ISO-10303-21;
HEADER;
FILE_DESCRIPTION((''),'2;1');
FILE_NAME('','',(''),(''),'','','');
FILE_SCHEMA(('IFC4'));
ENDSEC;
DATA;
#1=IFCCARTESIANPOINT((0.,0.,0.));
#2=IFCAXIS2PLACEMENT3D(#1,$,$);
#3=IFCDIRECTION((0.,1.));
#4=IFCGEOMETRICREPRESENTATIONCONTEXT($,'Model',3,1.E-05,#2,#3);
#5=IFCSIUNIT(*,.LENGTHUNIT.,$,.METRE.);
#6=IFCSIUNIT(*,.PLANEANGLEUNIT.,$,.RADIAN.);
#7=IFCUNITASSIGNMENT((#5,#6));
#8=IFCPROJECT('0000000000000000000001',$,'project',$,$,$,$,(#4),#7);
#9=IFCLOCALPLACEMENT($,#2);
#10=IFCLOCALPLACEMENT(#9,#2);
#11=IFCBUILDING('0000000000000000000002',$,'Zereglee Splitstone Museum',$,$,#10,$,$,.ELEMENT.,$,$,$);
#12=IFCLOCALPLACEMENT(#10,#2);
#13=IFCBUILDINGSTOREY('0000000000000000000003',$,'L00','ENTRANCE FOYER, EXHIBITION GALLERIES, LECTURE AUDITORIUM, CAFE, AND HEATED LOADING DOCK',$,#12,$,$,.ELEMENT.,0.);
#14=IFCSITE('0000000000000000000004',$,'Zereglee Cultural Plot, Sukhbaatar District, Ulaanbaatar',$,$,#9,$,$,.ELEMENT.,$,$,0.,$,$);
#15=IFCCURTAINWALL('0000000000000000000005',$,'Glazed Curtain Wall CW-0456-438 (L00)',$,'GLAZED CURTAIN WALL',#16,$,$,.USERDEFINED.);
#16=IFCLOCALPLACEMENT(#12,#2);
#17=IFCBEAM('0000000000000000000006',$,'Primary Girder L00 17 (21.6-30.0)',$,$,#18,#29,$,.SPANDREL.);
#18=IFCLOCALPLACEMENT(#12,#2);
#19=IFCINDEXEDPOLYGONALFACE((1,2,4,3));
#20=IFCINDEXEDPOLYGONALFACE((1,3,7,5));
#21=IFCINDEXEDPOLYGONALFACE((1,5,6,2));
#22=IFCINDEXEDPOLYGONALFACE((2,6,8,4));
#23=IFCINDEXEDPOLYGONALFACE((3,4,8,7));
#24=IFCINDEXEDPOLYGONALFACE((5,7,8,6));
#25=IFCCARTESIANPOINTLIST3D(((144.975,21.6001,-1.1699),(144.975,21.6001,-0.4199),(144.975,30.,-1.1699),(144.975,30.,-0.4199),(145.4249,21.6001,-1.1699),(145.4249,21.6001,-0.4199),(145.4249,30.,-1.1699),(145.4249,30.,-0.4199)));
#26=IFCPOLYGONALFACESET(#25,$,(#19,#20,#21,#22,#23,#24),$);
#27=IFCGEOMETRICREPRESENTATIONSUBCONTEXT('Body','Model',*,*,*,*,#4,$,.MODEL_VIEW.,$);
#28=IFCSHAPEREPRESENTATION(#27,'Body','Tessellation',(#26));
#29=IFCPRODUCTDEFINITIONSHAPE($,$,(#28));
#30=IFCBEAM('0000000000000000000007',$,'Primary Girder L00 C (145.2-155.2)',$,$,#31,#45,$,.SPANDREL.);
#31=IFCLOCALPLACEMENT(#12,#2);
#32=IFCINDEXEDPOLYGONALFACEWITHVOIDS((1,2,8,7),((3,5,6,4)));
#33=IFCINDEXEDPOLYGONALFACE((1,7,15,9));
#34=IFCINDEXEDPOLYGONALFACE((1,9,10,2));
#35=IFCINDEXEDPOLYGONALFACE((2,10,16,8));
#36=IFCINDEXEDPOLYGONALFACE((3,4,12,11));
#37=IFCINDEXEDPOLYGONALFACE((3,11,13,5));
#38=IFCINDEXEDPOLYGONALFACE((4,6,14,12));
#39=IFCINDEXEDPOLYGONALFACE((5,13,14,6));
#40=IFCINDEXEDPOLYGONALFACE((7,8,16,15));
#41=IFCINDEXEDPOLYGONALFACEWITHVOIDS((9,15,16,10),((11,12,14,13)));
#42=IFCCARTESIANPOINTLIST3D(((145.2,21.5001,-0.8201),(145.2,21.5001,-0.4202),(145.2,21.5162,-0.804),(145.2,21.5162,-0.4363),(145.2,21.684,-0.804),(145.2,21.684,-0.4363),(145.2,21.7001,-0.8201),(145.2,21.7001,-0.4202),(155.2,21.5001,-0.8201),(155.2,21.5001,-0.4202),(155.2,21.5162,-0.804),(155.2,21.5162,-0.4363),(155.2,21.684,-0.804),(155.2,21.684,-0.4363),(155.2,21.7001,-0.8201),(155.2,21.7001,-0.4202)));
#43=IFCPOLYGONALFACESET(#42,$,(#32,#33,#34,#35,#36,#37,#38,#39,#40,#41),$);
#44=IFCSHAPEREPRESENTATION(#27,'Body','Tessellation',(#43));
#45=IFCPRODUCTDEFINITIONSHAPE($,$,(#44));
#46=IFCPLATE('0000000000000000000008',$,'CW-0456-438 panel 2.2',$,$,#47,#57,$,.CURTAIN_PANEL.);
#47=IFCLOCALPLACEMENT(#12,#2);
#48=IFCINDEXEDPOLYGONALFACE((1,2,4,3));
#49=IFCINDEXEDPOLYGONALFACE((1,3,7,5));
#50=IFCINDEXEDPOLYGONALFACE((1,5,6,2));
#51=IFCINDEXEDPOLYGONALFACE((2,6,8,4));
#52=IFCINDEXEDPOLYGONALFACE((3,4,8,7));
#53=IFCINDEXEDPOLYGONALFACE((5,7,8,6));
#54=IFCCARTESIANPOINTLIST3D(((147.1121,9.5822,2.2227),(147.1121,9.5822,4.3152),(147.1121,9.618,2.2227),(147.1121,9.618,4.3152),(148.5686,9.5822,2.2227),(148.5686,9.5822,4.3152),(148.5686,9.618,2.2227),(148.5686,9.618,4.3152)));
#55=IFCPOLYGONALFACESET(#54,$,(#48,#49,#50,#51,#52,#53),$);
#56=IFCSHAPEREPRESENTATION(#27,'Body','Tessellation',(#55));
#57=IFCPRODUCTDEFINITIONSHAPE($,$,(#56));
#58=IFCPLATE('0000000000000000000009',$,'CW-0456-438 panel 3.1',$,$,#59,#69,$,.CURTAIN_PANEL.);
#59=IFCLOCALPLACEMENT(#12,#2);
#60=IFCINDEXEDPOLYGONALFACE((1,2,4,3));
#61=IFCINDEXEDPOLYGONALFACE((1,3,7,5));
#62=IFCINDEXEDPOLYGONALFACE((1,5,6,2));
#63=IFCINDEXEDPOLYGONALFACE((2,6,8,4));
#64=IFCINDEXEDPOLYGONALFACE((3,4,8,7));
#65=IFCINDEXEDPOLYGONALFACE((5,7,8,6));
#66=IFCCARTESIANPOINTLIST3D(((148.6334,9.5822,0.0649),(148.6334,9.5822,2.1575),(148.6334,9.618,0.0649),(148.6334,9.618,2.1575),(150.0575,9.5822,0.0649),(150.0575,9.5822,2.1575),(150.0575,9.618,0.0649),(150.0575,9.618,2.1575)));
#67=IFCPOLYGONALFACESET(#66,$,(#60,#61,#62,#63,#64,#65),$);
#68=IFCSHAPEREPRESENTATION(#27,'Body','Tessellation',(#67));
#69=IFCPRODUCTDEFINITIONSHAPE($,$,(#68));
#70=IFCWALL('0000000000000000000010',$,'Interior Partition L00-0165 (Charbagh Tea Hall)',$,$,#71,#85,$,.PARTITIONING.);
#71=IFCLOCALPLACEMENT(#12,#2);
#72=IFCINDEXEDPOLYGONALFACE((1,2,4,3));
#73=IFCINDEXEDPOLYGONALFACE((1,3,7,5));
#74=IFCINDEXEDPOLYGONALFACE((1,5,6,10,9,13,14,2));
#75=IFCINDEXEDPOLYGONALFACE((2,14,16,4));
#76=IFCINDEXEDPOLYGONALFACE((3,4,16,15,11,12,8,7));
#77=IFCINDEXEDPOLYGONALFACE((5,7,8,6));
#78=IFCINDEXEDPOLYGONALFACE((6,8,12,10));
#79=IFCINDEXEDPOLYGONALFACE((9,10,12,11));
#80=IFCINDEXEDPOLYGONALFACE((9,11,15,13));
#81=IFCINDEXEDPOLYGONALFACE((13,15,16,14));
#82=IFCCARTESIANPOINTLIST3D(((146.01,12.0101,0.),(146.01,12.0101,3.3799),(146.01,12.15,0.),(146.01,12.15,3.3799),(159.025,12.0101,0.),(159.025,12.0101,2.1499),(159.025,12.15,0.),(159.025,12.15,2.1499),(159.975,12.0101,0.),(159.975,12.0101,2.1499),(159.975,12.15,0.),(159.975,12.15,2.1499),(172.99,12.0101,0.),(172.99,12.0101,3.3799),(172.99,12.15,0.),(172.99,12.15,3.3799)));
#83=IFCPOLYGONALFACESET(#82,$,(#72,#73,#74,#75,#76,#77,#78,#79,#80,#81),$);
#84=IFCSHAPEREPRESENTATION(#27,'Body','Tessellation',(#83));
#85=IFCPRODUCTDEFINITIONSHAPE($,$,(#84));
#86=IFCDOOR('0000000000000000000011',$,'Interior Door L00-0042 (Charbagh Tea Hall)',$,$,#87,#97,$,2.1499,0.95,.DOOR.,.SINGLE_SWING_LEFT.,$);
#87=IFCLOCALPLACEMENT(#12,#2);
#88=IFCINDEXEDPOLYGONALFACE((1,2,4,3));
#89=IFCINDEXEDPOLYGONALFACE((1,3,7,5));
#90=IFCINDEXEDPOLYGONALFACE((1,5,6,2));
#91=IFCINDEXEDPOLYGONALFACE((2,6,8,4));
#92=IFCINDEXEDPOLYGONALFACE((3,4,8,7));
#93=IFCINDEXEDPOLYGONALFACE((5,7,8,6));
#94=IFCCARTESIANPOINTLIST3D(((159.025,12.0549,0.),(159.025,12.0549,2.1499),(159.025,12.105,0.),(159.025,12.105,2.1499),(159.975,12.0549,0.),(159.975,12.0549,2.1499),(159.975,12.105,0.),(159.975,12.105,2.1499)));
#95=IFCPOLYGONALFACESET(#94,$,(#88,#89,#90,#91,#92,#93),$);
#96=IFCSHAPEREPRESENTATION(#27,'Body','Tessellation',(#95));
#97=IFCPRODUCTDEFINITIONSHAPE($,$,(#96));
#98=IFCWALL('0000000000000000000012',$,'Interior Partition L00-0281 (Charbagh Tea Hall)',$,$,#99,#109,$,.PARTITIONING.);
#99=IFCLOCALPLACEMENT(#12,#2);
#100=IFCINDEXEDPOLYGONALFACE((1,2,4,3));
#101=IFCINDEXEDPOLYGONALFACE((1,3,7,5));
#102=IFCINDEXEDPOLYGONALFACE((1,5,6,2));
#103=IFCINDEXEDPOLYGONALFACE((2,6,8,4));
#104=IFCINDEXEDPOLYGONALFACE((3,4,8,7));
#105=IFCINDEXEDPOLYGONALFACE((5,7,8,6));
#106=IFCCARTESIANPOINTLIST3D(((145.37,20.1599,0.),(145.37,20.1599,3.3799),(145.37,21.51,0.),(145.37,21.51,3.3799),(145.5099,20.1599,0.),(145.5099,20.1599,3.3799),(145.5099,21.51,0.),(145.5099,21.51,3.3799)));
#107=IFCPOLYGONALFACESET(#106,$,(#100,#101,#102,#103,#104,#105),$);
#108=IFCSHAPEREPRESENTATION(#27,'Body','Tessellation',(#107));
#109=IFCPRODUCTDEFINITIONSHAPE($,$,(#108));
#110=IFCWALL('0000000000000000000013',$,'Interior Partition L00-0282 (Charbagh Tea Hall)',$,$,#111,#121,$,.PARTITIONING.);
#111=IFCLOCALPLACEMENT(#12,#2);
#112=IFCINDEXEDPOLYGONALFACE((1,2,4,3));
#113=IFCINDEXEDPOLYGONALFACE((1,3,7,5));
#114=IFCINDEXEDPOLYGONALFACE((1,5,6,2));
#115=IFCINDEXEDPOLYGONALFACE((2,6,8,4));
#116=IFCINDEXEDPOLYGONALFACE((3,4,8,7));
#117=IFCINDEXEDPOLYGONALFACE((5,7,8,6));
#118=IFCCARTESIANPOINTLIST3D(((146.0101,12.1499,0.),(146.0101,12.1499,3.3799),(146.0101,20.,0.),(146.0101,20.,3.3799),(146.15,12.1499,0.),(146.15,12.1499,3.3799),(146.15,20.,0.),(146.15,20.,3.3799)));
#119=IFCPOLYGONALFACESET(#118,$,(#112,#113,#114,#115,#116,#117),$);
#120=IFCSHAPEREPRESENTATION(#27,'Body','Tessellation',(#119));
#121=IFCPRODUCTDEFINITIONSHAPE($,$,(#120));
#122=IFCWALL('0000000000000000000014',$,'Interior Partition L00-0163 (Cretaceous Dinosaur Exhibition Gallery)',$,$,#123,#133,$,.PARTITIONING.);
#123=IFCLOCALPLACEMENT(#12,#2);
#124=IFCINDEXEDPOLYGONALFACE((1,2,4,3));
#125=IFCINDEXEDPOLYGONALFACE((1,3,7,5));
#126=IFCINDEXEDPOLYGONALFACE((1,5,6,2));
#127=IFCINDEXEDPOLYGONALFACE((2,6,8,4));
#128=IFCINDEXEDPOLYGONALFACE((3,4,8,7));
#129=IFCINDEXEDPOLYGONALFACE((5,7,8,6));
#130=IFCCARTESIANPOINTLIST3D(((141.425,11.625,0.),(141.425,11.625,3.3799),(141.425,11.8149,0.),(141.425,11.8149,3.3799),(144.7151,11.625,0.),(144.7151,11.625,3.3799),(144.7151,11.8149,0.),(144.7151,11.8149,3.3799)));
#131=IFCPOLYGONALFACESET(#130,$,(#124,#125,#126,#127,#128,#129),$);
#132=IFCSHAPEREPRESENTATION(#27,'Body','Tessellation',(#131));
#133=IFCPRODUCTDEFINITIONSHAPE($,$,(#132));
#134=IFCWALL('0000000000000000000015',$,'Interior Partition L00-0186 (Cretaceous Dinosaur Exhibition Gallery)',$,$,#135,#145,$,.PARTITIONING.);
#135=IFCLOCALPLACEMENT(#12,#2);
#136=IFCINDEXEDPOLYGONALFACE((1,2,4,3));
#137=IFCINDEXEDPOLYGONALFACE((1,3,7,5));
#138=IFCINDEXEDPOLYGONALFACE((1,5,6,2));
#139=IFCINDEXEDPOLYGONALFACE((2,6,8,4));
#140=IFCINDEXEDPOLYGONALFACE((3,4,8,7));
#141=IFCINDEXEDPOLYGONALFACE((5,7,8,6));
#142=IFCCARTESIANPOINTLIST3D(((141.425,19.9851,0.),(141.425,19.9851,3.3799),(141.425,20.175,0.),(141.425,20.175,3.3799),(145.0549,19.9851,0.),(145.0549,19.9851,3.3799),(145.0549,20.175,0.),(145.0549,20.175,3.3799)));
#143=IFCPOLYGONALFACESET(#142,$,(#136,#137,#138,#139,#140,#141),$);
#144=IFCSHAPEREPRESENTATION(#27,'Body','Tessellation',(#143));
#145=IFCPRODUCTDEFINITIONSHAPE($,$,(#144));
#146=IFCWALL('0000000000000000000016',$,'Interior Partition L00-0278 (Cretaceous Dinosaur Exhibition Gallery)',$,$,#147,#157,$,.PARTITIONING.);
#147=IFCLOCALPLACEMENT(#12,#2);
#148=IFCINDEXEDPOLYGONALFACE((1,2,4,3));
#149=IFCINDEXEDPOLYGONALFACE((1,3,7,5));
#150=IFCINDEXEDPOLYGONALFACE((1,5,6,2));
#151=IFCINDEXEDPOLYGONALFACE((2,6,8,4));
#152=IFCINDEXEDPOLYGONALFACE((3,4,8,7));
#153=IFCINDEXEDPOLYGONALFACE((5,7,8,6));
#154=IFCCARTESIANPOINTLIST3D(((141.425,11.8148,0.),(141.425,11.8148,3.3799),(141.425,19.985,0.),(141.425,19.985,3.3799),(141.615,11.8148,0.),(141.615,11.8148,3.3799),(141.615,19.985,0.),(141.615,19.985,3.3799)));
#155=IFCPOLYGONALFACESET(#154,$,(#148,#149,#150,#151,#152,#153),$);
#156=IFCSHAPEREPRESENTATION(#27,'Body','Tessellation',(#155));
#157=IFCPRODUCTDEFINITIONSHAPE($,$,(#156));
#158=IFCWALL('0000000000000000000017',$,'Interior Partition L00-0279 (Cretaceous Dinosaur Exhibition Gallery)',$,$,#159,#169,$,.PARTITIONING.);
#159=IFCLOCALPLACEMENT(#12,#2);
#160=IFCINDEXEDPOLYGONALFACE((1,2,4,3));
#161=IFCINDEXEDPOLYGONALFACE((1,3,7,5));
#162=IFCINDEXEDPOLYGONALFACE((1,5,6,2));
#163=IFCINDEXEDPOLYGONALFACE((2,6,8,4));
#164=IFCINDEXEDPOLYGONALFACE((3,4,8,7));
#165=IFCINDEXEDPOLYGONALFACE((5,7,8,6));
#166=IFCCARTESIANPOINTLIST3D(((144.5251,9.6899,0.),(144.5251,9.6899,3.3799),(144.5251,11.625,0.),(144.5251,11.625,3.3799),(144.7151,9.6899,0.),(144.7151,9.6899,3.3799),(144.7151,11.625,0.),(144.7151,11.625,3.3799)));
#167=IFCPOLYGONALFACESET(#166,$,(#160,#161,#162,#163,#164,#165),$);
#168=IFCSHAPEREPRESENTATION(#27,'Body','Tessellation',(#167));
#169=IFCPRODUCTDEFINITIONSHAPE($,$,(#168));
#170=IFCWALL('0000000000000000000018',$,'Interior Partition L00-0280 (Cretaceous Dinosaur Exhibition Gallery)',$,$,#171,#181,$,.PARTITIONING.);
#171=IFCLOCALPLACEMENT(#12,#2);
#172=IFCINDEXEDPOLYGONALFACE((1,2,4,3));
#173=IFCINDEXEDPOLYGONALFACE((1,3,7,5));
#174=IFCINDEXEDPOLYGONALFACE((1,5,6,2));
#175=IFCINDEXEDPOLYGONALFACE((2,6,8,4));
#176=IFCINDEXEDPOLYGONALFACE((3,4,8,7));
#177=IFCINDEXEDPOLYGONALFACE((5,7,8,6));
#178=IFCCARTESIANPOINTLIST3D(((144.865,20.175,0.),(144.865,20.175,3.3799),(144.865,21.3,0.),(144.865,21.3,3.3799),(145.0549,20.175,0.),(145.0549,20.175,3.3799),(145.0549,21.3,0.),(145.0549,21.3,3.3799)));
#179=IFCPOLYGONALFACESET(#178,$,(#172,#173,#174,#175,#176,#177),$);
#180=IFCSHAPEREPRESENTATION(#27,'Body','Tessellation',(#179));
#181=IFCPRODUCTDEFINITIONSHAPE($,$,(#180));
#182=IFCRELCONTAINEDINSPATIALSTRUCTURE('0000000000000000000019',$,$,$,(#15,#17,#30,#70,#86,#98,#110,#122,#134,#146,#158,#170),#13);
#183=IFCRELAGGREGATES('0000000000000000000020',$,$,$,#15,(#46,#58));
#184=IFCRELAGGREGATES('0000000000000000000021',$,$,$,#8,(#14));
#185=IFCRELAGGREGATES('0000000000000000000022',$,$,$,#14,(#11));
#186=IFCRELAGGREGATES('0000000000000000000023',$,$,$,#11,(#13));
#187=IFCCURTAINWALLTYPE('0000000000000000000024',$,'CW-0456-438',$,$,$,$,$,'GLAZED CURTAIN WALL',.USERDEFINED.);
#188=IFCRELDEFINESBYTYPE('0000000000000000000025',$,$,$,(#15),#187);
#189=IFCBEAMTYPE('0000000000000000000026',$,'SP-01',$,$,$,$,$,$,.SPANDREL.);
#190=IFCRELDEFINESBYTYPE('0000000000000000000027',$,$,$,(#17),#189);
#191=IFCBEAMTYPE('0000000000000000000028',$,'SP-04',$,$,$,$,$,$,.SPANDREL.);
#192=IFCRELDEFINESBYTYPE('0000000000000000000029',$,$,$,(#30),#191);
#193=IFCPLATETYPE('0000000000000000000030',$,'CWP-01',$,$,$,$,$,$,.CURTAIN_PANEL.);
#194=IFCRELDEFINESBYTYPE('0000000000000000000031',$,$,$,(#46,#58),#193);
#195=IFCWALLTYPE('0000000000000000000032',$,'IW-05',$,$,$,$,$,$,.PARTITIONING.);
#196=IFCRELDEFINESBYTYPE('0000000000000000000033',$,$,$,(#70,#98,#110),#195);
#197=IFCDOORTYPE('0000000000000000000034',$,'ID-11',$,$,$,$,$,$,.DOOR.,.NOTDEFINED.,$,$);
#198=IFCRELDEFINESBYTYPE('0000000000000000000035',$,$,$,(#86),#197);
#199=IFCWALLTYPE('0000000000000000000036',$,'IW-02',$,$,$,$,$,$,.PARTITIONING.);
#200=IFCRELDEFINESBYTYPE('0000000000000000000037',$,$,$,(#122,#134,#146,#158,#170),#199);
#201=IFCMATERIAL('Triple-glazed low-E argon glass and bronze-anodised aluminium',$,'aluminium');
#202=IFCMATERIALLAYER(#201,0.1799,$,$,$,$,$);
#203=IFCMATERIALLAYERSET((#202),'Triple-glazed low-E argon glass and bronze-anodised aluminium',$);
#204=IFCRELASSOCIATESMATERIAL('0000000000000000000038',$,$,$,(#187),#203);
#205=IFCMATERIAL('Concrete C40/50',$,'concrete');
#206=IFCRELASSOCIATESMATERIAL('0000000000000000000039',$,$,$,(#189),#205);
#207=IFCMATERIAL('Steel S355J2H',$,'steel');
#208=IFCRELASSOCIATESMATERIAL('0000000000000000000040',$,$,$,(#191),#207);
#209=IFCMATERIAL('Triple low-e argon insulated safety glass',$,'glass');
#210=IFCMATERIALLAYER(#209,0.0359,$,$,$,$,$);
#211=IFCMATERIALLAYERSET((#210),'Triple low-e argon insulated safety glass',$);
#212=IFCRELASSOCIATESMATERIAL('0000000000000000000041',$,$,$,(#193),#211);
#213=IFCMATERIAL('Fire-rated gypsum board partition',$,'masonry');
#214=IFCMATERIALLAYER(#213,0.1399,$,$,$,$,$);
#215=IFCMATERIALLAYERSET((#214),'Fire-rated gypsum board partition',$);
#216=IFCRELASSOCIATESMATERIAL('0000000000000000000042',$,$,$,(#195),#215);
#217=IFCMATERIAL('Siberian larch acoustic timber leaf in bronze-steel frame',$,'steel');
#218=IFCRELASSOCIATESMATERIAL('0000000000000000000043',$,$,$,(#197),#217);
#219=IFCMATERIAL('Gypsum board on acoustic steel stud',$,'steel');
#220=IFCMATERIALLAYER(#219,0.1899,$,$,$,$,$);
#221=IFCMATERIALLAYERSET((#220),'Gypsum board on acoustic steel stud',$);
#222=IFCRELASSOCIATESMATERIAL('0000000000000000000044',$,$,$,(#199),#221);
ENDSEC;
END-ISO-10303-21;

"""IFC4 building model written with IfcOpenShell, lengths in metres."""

from ifc_helpers import new_model, si_unit, direction, frame, frame_2d, origin, origin_2d, place, context, subcontext, project, spatial, rectangle, hollow_rectangle, extrude, material, layer, layer_set, material_profile, profile_set, type_object, element, fill, aggregate, save


model = new_model("IFC4")

# Units and contexts
model_context = context("Model", 3, precision=1e-05, world=origin(), true_north=direction((0.0, 1.0)))
body_context = subcontext(model_context, "Body", "Model", "MODEL_VIEW")
ifc_project = project(units=[si_unit("LENGTHUNIT", "METRE"), si_unit("PLANEANGLEUNIT", "RADIAN")], contexts=[model_context])

# Site, building, storey
site_placement = place(None, origin())
site = spatial("IfcSite", under=ifc_project, at=site_placement, Name="Zereglee Cultural Plot, Sukhbaatar District, Ulaanbaatar", CompositionType="ELEMENT", RefElevation=0.0)
building_placement = place(site_placement, origin())
building = spatial("IfcBuilding", under=site, at=building_placement, Name="Zereglee Splitstone Museum", CompositionType="ELEMENT")
storey_placement = place(building_placement, origin())
storey = spatial("IfcBuildingStorey", under=building, at=storey_placement, Name="L00", Description="ENTRANCE FOYER, EXHIBITION GALLERIES, LECTURE AUDITORIUM, CAFE, AND HEATED LOADING DOCK", CompositionType="ELEMENT", Elevation=0.0)

# Curtain wall
ifc_material_1 = material(Name="Triple-glazed low-E argon glass and bronze-anodised aluminium", Category="aluminium")
ifc_layer_1 = layer(ifc_material_1, 0.1799)
ifc_layer_set_1 = layer_set([ifc_layer_1], Name="Triple-glazed low-E argon glass and bronze-anodised aluminium")
curtain_wall_type = type_object("IfcCurtainWallType", Name="CW-0456-438", ElementType="GLAZED CURTAIN WALL", PredefinedType="USERDEFINED", material=ifc_layer_set_1)
curtain_wall_placement = place(storey_placement, origin())
curtain_wall = element("IfcCurtainWall", 1, at=curtain_wall_placement, inside=storey, type_object=curtain_wall_type, Name="Glazed Curtain Wall CW-0456-438 (L00)", ObjectType="GLAZED CURTAIN WALL", PredefinedType="USERDEFINED")

# Beams
ifc_material_2 = material(Name="Concrete C40/50", Category="concrete")
ifc_material_profile_1 = material_profile(ifc_material_2, rectangle(XDim=0.45, YDim=0.75, at=origin_2d()), Name="RC 450x750")
ifc_profile_set_1 = profile_set([ifc_material_profile_1], Name="Concrete C40/50")
beam_type_1 = type_object("IfcBeamType", Name="SP-01", PredefinedType="SPANDREL", material=ifc_profile_set_1)
beam_1_placement = place(storey_placement, frame((145.2, 21.6001, -0.7949), z_axis=(0.0, 1.0, 0.0), x_axis=(-1.0, 0.0, 0.0)))
element("IfcBeam", 2, at=beam_1_placement, inside=storey, type_object=beam_type_1, Name="Primary Girder L00 17 (21.6-30.0)", PredefinedType="SPANDREL", context=body_context, shape_type="SweptSolid", body=[
    extrude(rectangle(XDim=0.45, YDim=0.75, at=origin_2d()), origin(), (0.0, 0.0, 1.0), 8.3999),
])
ifc_material_3 = material(Name="Steel S355J2H", Category="steel")
ifc_material_profile_2 = material_profile(ifc_material_3, hollow_rectangle(XDim=0.2, YDim=0.3999, WallThickness=0.0161, at=origin_2d()), Name="RHS 400x200x16")
ifc_profile_set_2 = profile_set([ifc_material_profile_2], Name="Steel S355J2H")
beam_type_2 = type_object("IfcBeamType", Name="SP-04", PredefinedType="SPANDREL", material=ifc_profile_set_2)
beam_2_placement = place(storey_placement, frame((145.2, 21.6001, -0.6201), z_axis=(1.0, 0.0, 0.0), x_axis=(0.0, 1.0, 0.0)))
element("IfcBeam", 3, at=beam_2_placement, inside=storey, type_object=beam_type_2, Name="Primary Girder L00 C (145.2-155.2)", PredefinedType="SPANDREL", context=body_context, shape_type="SweptSolid", body=[
    extrude(hollow_rectangle(XDim=0.2, YDim=0.3999, WallThickness=0.0161, at=origin_2d()), origin(), (0.0, 0.0, 1.0), 10.0),
])

# Plates
ifc_material_4 = material(Name="Triple low-e argon insulated safety glass", Category="glass")
ifc_layer_2 = layer(ifc_material_4, 0.0359)
ifc_layer_set_2 = layer_set([ifc_layer_2], Name="Triple low-e argon insulated safety glass")
plate_type = type_object("IfcPlateType", Name="CWP-01", PredefinedType="CURTAIN_PANEL", material=ifc_layer_set_2)
plate_1_placement = place(storey_placement, frame((147.8403, 9.6001, 2.2227), z_axis=(0.0, 0.0, 1.0), x_axis=(1.0, 0.0, 0.0)))
plate_1 = element("IfcPlate", 4, at=plate_1_placement, type_object=plate_type, Name="CW-0456-438 panel 2.2", PredefinedType="CURTAIN_PANEL", context=body_context, shape_type="SweptSolid", body=[
    extrude(rectangle(XDim=1.4565, YDim=0.0359, at=origin_2d()), origin(), (0.0, 0.0, 1.0), 2.0925),
])
plate_2_placement = place(storey_placement, frame((149.3455, 9.6001, 0.0649), z_axis=(0.0, 0.0, 1.0), x_axis=(1.0, 0.0, 0.0)))
plate_2 = element("IfcPlate", 5, at=plate_2_placement, type_object=plate_type, Name="CW-0456-438 panel 3.1", PredefinedType="CURTAIN_PANEL", context=body_context, shape_type="SweptSolid", body=[
    extrude(rectangle(XDim=1.4241, YDim=0.0359, at=origin_2d()), origin(), (0.0, 0.0, 1.0), 2.0925),
])
aggregate(curtain_wall, [plate_1, plate_2])

# Wall, opening, door
ifc_material_5 = material(Name="Fire-rated gypsum board partition", Category="masonry")
ifc_layer_3 = layer(ifc_material_5, 0.1399)
ifc_layer_set_3 = layer_set([ifc_layer_3], Name="Fire-rated gypsum board partition")
wall_type_1 = type_object("IfcWallType", Name="IW-05", PredefinedType="PARTITIONING", material=ifc_layer_set_3)
wall_1_placement = place(storey_placement, frame((146.01, 12.0801, 0.0), z_axis=(0.0, 0.0, 1.0), x_axis=(1.0, 0.0, 0.0)))
wall_1 = element("IfcWall", 6, at=wall_1_placement, inside=storey, type_object=wall_type_1, Name="Interior Partition L00-0165 (Charbagh Tea Hall)", PredefinedType="PARTITIONING", context=body_context, shape_type="SweptSolid", body=[
    extrude(rectangle(XDim=26.98, YDim=0.1399, at=frame_2d((13.49, 0.0))), origin(), (0.0, 0.0, 1.0), 3.3799),
])
opening_placement = place(wall_1_placement, frame((13.0149, 0.0, 0.0)))
opening = element("IfcOpeningElement", 7, at=opening_placement, cuts=wall_1, PredefinedType="OPENING", context=body_context, shape_type="SweptSolid", body=[
    extrude(rectangle(XDim=0.95, YDim=2.1499, at=frame_2d((0.4751, 1.075))), frame((0.0, 0.085, 0.0), z_axis=(0.0, -1.0, 0.0), x_axis=(1.0, 0.0, 0.0)), (0.0, 0.0, 1.0), 0.1697),
])
ifc_material_6 = material(Name="Siberian larch acoustic timber leaf in bronze-steel frame", Category="steel")
door_type = type_object("IfcDoorType", Name="ID-11", OperationType="NOTDEFINED", PredefinedType="DOOR", material=ifc_material_6)
door_placement = place(opening_placement, origin())
door = element("IfcDoor", 8, at=door_placement, inside=storey, type_object=door_type, Name="Interior Door L00-0042 (Charbagh Tea Hall)", OperationType="SINGLE_SWING_LEFT", OverallHeight=2.1499, OverallWidth=0.95, PredefinedType="DOOR", context=body_context, shape_type="SweptSolid", body=[
    extrude(rectangle(XDim=0.95, YDim=2.1499, at=frame_2d((0.4751, 1.075))), frame((0.0, 0.0249, 0.0), z_axis=(0.0, -1.0, 0.0), x_axis=(1.0, 0.0, 0.0)), (0.0, 0.0, 1.0), 0.05),
])
fill(opening, door)

# Walls
wall_2_placement = place(storey_placement, frame((145.4399, 20.1599, 0.0), z_axis=(0.0, 0.0, 1.0), x_axis=(0.0, 1.0, 0.0)))
element("IfcWall", 9, at=wall_2_placement, inside=storey, type_object=wall_type_1, Name="Interior Partition L00-0281 (Charbagh Tea Hall)", PredefinedType="PARTITIONING", context=body_context, shape_type="SweptSolid", body=[
    extrude(rectangle(XDim=1.3501, YDim=0.1399, at=frame_2d((0.675, 0.0))), origin(), (0.0, 0.0, 1.0), 3.3799),
])
wall_3_placement = place(storey_placement, frame((146.0801, 12.1499, 0.0), z_axis=(0.0, 0.0, 1.0), x_axis=(0.0, 1.0, 0.0)))
element("IfcWall", 10, at=wall_3_placement, inside=storey, type_object=wall_type_1, Name="Interior Partition L00-0282 (Charbagh Tea Hall)", PredefinedType="PARTITIONING", context=body_context, shape_type="SweptSolid", body=[
    extrude(rectangle(XDim=7.8501, YDim=0.1399, at=frame_2d((3.925, 0.0))), origin(), (0.0, 0.0, 1.0), 3.3799),
])
ifc_material_7 = material(Name="Gypsum board on acoustic steel stud", Category="steel")
ifc_layer_4 = layer(ifc_material_7, 0.1899)
ifc_layer_set_4 = layer_set([ifc_layer_4], Name="Gypsum board on acoustic steel stud")
wall_type_2 = type_object("IfcWallType", Name="IW-02", PredefinedType="PARTITIONING", material=ifc_layer_set_4)
wall_4_placement = place(storey_placement, frame((141.425, 11.72, 0.0), z_axis=(0.0, 0.0, 1.0), x_axis=(1.0, 0.0, 0.0)))
element("IfcWall", 11, at=wall_4_placement, inside=storey, type_object=wall_type_2, Name="Interior Partition L00-0163 (Cretaceous Dinosaur Exhibition Gallery)", PredefinedType="PARTITIONING", context=body_context, shape_type="SweptSolid", body=[
    extrude(rectangle(XDim=3.29, YDim=0.1899, at=frame_2d((1.645, 0.0))), origin(), (0.0, 0.0, 1.0), 3.3799),
])
wall_5_placement = place(storey_placement, frame((141.425, 20.0801, 0.0), z_axis=(0.0, 0.0, 1.0), x_axis=(1.0, 0.0, 0.0)))
element("IfcWall", 12, at=wall_5_placement, inside=storey, type_object=wall_type_2, Name="Interior Partition L00-0186 (Cretaceous Dinosaur Exhibition Gallery)", PredefinedType="PARTITIONING", context=body_context, shape_type="SweptSolid", body=[
    extrude(rectangle(XDim=3.6299, YDim=0.1899, at=frame_2d((1.8149, 0.0))), origin(), (0.0, 0.0, 1.0), 3.3799),
])
wall_6_placement = place(storey_placement, frame((141.52, 11.8149, 0.0), z_axis=(0.0, 0.0, 1.0), x_axis=(0.0, 1.0, 0.0)))
element("IfcWall", 13, at=wall_6_placement, inside=storey, type_object=wall_type_2, Name="Interior Partition L00-0278 (Cretaceous Dinosaur Exhibition Gallery)", PredefinedType="PARTITIONING", context=body_context, shape_type="SweptSolid", body=[
    extrude(rectangle(XDim=8.1702, YDim=0.1899, at=frame_2d((4.085, 0.0))), origin(), (0.0, 0.0, 1.0), 3.3799),
])
wall_7_placement = place(storey_placement, frame((144.6201, 9.6899, 0.0), z_axis=(0.0, 0.0, 1.0), x_axis=(0.0, 1.0, 0.0)))
element("IfcWall", 14, at=wall_7_placement, inside=storey, type_object=wall_type_2, Name="Interior Partition L00-0279 (Cretaceous Dinosaur Exhibition Gallery)", PredefinedType="PARTITIONING", context=body_context, shape_type="SweptSolid", body=[
    extrude(rectangle(XDim=1.9351, YDim=0.1899, at=frame_2d((0.9675, 0.0))), origin(), (0.0, 0.0, 1.0), 3.3799),
])
wall_8_placement = place(storey_placement, frame((144.96, 20.175, 0.0), z_axis=(0.0, 0.0, 1.0), x_axis=(0.0, 1.0, 0.0)))
element("IfcWall", 15, at=wall_8_placement, inside=storey, type_object=wall_type_2, Name="Interior Partition L00-0280 (Cretaceous Dinosaur Exhibition Gallery)", PredefinedType="PARTITIONING", context=body_context, shape_type="SweptSolid", body=[
    extrude(rectangle(XDim=1.125, YDim=0.1899, at=frame_2d((0.5625, 0.0))), origin(), (0.0, 0.0, 1.0), 3.3799),
])

save(model, "model.ifc")
